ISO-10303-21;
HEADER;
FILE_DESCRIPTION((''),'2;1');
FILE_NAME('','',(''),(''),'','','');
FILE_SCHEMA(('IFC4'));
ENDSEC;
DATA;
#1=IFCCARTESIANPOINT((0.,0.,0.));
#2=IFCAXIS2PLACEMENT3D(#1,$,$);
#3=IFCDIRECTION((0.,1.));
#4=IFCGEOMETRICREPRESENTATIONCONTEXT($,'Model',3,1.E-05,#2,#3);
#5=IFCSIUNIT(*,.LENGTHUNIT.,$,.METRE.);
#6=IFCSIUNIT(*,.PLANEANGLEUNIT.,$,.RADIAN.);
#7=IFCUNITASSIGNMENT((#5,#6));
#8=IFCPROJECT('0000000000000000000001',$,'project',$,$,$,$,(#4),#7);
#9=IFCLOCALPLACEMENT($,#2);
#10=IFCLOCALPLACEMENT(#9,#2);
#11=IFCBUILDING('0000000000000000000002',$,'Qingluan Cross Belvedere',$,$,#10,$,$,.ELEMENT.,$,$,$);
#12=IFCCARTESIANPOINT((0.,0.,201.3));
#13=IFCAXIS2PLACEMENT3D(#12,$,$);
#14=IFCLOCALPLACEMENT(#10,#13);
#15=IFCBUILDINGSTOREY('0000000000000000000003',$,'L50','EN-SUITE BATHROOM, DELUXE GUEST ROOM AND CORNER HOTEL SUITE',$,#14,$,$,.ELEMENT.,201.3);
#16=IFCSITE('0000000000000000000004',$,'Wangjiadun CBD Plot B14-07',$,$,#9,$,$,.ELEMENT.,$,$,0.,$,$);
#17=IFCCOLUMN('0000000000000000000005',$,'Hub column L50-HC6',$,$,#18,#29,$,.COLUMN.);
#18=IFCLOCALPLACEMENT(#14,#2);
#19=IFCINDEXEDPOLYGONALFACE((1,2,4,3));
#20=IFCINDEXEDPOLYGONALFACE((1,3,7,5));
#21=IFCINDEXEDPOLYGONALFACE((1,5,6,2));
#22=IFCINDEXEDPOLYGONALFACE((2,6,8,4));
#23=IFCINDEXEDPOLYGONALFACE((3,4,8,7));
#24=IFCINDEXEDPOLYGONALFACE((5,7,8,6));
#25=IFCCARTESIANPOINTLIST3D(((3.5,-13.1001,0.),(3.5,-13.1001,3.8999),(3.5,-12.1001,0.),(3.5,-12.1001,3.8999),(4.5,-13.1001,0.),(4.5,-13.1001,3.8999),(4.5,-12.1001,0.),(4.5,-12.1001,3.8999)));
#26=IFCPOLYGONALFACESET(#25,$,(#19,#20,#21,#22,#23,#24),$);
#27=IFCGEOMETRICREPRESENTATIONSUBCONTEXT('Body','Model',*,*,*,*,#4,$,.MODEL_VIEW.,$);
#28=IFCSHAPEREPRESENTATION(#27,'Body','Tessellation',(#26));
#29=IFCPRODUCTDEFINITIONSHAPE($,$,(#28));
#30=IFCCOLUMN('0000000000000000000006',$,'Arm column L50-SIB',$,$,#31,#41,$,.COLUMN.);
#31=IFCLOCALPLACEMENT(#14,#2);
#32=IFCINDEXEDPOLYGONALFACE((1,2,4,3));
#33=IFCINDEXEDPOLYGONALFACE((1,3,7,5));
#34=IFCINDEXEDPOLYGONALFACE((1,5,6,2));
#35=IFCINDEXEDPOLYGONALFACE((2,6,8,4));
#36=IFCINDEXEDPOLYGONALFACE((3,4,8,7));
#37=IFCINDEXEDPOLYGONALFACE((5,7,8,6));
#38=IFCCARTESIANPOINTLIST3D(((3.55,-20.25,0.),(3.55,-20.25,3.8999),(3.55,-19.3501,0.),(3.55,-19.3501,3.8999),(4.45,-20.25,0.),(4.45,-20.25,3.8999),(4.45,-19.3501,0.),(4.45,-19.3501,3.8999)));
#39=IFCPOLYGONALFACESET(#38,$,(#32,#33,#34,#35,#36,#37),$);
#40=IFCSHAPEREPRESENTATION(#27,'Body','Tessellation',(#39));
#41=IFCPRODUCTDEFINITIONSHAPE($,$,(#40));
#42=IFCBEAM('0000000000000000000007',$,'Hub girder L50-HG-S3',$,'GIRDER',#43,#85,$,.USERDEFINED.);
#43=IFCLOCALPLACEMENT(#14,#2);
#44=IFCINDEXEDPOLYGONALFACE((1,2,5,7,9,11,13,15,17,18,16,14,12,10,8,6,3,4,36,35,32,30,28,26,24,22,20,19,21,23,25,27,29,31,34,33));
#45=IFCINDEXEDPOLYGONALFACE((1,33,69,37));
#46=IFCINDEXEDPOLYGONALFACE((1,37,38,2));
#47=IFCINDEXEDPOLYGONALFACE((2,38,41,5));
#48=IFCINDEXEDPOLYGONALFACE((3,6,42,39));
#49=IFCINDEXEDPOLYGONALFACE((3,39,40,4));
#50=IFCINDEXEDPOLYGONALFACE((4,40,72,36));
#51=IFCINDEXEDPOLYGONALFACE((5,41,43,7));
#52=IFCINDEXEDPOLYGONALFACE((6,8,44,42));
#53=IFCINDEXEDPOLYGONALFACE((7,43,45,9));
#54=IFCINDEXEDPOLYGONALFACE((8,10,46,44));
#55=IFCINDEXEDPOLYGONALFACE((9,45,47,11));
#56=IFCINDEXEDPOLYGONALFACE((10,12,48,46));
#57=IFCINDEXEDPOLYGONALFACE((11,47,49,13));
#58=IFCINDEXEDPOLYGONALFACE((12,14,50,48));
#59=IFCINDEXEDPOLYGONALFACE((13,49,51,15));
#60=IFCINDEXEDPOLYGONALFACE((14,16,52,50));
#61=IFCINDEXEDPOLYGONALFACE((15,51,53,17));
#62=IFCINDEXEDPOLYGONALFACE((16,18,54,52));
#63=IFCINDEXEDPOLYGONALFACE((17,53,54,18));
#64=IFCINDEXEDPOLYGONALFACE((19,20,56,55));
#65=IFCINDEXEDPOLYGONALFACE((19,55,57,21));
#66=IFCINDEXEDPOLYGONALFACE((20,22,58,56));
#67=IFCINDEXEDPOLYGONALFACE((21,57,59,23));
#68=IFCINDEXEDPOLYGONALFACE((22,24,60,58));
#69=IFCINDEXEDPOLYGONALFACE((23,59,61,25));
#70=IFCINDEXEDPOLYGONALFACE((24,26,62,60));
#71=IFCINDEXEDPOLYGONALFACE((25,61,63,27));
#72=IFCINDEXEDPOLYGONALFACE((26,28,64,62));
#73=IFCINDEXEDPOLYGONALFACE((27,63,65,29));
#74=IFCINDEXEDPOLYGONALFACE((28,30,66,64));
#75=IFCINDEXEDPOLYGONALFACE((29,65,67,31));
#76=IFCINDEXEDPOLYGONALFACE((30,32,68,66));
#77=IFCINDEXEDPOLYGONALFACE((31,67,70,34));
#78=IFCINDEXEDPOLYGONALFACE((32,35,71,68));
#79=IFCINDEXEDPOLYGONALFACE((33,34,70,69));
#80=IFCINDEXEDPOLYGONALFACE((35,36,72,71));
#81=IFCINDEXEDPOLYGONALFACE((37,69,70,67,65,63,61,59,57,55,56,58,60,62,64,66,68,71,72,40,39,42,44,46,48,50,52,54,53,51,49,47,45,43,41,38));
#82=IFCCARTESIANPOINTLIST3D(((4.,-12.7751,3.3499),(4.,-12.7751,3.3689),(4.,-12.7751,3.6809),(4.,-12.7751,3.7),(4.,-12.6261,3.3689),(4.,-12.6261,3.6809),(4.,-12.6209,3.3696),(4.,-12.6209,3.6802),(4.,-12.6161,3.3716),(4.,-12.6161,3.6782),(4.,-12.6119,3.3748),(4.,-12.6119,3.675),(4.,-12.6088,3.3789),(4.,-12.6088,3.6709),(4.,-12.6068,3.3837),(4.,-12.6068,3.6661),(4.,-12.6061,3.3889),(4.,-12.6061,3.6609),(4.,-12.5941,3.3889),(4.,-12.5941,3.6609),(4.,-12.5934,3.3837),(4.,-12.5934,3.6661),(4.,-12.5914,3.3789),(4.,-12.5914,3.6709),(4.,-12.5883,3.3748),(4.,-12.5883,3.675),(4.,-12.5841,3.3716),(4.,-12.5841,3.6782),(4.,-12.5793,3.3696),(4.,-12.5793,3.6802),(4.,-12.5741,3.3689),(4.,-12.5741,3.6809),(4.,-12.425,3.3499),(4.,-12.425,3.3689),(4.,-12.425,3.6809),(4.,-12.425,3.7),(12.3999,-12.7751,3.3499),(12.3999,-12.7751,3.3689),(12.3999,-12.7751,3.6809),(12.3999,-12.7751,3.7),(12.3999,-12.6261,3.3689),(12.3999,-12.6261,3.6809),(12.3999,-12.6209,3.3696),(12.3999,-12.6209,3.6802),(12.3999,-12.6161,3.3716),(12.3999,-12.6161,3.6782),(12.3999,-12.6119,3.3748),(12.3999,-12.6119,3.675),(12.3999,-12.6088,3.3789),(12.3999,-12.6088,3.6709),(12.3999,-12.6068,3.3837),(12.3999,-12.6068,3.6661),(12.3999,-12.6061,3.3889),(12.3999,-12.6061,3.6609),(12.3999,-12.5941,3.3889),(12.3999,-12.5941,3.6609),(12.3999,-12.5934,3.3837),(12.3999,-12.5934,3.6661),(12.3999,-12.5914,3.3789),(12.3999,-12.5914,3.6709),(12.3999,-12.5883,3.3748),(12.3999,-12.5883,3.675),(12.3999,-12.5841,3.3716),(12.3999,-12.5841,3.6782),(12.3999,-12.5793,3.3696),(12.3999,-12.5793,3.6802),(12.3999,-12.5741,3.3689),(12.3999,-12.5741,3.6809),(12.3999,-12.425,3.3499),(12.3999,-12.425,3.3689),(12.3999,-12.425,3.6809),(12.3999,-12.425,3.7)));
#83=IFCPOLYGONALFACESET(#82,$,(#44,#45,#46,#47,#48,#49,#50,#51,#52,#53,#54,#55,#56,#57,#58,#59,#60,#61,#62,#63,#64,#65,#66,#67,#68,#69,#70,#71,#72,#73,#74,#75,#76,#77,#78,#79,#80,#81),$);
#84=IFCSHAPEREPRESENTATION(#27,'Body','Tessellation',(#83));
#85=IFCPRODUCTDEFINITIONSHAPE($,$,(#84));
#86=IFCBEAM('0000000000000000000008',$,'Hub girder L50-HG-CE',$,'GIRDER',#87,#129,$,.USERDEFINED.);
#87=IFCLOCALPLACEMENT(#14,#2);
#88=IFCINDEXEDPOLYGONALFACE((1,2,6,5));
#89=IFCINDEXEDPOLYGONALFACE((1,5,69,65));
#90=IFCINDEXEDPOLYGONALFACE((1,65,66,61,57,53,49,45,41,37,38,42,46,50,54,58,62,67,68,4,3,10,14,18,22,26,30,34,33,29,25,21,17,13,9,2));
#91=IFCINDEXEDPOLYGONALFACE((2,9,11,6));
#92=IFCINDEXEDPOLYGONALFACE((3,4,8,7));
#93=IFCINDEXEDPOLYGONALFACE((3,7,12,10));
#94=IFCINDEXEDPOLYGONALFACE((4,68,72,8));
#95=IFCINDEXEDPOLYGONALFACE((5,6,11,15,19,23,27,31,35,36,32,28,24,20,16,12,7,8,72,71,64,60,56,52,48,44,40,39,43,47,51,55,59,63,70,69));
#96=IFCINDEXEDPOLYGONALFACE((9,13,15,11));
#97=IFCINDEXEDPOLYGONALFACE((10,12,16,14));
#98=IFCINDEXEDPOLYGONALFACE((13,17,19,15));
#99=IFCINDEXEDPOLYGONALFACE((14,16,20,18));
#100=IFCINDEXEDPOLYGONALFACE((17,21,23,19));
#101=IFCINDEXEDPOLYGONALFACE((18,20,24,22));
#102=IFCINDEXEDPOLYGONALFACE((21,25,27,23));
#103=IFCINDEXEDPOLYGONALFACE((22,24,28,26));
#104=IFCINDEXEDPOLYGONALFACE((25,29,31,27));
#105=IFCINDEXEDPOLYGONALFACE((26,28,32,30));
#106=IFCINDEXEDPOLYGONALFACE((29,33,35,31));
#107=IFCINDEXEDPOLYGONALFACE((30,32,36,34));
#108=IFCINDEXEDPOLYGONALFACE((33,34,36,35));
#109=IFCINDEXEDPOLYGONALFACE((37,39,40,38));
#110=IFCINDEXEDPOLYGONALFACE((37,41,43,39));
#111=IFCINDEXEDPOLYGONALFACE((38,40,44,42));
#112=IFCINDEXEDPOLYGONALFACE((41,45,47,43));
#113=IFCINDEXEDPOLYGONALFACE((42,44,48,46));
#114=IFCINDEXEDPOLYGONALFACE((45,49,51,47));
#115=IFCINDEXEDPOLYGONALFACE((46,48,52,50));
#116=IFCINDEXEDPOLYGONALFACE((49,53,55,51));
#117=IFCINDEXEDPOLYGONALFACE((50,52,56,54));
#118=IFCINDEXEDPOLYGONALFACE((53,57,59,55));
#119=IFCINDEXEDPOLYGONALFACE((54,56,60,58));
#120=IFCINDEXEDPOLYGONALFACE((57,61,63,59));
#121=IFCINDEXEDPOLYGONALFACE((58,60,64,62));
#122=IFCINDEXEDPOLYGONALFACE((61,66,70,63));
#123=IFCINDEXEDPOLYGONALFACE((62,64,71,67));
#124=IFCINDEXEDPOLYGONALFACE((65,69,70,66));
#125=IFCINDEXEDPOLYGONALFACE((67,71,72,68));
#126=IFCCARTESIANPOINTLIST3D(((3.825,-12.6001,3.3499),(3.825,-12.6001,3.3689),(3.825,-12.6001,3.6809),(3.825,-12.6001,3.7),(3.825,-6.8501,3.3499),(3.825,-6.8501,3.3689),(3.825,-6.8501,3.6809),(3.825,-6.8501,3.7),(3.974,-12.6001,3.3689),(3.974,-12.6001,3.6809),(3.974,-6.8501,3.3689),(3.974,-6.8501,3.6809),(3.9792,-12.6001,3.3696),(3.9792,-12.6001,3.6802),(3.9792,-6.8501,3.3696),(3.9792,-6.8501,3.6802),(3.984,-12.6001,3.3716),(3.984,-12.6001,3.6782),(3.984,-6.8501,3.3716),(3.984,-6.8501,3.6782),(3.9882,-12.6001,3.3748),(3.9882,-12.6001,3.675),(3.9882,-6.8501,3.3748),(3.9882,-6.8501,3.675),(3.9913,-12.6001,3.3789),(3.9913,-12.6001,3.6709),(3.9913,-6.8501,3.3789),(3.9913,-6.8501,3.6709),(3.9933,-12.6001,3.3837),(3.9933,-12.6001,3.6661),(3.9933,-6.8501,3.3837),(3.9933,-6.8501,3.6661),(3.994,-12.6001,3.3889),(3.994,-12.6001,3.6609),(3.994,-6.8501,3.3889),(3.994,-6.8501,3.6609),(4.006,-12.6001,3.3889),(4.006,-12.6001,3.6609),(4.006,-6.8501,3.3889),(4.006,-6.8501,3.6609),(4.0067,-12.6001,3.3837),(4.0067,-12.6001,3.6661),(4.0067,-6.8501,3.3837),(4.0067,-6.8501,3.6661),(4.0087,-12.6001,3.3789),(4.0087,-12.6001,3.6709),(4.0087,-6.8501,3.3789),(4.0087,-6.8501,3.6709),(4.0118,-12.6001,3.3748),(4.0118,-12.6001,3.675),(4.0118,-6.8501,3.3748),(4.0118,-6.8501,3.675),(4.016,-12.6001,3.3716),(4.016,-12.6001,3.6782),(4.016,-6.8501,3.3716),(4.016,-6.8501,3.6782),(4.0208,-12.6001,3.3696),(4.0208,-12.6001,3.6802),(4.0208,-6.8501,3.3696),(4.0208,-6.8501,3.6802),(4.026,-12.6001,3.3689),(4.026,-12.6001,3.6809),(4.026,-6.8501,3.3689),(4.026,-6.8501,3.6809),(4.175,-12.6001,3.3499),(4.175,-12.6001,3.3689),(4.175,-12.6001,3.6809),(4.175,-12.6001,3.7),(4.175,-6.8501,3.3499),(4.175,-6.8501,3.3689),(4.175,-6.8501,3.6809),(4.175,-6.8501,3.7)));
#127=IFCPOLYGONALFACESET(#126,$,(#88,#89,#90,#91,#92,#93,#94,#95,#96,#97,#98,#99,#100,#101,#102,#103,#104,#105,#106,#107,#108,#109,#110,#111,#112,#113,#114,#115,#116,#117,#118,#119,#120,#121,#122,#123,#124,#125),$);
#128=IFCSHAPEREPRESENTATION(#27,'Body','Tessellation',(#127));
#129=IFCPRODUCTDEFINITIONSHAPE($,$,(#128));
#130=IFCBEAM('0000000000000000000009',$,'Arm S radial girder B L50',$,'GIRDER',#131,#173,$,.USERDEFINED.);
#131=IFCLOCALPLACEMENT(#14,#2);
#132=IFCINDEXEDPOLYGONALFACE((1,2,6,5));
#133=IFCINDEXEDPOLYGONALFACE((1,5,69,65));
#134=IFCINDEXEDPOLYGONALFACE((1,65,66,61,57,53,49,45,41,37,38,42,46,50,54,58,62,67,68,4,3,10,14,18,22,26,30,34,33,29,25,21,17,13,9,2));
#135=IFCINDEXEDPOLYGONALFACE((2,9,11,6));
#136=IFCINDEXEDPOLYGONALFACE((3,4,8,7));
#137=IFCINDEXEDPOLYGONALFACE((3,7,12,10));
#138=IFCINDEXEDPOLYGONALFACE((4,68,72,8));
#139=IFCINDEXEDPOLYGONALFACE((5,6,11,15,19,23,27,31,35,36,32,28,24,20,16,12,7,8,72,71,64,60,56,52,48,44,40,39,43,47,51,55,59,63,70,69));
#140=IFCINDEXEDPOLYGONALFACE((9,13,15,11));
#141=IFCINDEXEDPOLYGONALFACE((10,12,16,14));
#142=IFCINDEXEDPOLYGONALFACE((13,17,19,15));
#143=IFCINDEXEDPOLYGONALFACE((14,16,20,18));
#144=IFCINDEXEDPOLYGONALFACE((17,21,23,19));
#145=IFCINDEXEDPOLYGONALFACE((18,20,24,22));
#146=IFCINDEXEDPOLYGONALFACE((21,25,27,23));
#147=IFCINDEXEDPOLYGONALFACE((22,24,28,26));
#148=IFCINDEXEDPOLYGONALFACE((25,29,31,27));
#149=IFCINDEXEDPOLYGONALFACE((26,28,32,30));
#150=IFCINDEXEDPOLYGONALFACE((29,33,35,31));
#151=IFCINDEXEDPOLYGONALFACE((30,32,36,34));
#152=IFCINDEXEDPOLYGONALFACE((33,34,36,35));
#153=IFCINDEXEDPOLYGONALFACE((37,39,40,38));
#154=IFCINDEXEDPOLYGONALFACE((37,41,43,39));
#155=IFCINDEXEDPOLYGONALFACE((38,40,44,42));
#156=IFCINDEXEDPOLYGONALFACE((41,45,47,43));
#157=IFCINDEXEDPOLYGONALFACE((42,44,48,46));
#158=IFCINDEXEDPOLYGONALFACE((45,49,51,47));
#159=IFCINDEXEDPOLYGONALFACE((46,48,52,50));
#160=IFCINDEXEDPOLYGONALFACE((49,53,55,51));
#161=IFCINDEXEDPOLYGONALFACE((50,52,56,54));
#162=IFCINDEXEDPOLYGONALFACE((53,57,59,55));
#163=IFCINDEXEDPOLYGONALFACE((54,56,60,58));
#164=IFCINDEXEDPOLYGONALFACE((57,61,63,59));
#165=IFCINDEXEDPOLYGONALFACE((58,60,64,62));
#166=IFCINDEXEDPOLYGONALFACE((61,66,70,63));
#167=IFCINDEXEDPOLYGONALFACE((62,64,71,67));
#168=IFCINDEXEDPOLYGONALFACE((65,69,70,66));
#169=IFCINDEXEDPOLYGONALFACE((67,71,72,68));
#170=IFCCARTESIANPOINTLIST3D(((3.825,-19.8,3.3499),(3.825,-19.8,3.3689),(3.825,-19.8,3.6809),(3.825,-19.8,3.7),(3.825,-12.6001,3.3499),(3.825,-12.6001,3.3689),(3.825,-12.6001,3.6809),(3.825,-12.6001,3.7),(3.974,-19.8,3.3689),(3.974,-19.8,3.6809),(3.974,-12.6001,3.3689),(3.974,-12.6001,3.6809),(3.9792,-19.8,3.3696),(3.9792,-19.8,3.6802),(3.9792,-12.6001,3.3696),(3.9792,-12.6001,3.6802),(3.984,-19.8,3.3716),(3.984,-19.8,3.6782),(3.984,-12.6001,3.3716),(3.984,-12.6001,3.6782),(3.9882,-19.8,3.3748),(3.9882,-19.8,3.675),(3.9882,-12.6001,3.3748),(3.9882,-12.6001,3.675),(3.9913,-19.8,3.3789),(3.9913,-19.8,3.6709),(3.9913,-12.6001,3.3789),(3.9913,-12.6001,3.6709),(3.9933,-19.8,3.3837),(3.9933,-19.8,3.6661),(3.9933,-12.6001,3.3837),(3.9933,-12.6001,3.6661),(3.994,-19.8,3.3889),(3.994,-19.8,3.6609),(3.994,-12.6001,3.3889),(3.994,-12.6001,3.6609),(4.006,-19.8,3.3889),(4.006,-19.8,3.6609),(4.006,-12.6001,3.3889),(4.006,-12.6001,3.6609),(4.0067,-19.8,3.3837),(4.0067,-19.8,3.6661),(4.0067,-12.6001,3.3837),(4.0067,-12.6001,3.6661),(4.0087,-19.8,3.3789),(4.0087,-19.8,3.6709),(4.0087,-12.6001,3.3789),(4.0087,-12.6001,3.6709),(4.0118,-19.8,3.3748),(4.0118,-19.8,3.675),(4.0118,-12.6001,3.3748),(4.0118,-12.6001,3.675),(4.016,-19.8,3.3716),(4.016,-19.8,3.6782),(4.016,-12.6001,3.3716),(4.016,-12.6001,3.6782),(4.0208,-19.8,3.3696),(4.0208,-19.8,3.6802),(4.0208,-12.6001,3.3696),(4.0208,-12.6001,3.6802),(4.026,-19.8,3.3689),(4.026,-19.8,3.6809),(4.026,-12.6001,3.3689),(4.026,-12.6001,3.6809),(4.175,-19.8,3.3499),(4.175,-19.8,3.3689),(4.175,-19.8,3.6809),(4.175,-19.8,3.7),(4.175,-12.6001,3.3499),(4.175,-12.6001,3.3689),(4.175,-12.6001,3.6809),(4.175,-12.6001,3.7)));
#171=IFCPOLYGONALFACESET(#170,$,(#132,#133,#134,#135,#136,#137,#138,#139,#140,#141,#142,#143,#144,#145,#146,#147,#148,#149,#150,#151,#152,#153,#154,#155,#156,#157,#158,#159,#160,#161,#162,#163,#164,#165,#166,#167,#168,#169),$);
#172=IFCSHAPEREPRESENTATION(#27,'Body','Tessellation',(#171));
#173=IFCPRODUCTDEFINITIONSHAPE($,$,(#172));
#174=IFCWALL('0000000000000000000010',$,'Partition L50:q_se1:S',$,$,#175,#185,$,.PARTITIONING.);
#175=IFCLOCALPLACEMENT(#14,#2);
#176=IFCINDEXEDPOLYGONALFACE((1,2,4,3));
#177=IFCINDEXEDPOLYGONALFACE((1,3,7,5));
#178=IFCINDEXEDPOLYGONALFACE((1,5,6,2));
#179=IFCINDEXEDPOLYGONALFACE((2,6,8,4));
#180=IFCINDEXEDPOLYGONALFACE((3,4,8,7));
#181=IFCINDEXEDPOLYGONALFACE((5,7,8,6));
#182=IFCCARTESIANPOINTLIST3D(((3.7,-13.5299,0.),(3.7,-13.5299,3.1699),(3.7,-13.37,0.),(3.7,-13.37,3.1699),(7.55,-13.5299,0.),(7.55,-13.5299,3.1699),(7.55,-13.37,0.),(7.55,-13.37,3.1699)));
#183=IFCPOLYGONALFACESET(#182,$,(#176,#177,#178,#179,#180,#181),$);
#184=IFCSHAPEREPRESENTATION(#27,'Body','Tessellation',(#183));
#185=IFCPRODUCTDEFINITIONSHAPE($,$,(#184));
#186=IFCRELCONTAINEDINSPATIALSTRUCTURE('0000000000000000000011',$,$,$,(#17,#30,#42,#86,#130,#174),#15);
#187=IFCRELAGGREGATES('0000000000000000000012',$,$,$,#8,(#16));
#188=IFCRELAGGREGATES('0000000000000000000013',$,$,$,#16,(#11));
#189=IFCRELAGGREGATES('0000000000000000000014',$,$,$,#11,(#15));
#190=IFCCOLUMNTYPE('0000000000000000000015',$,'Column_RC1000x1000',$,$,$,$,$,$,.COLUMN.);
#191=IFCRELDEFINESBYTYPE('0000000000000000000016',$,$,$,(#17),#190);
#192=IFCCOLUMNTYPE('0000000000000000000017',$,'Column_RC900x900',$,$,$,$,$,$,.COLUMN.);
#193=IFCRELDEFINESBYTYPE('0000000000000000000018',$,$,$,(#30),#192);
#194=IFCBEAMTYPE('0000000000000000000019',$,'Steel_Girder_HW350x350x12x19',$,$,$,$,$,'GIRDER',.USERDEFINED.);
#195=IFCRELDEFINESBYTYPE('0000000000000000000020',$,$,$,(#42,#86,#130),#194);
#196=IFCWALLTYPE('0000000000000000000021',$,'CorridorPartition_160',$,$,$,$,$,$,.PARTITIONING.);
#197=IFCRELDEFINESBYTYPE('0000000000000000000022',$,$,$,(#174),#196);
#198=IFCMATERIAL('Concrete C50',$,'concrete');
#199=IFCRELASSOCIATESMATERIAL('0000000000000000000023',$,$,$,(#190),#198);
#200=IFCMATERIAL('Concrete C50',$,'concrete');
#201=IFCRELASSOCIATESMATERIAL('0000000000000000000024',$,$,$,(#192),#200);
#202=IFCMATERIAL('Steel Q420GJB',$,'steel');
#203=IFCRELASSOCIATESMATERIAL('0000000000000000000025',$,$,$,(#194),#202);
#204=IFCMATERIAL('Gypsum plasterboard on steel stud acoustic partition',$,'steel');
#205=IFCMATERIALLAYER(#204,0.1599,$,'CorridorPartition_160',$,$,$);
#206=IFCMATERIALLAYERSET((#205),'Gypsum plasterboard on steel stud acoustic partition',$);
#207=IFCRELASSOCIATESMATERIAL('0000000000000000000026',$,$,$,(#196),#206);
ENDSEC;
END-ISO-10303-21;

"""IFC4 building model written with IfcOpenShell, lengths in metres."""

from ifc_helpers import new_model, si_unit, direction, frame, frame_2d, origin, origin_2d, place, context, subcontext, project, spatial, rectangle, i_section, extrude, material, layer, layer_set, material_profile, profile_set, type_object, element, save


model = new_model("IFC4")

# Units and contexts
model_context = context("Model", 3, precision=1e-05, world=origin(), true_north=direction((0.0, 1.0)))
body_context = subcontext(model_context, "Body", "Model", "MODEL_VIEW")
ifc_project = project(units=[si_unit("LENGTHUNIT", "METRE"), si_unit("PLANEANGLEUNIT", "RADIAN")], contexts=[model_context])

# Site, building, storey
site_placement = place(None, origin())
site = spatial("IfcSite", under=ifc_project, at=site_placement, Name="Wangjiadun CBD Plot B14-07", CompositionType="ELEMENT", RefElevation=0.0)
building_placement = place(site_placement, origin())
building = spatial("IfcBuilding", under=site, at=building_placement, Name="Qingluan Cross Belvedere", CompositionType="ELEMENT")
storey_placement = place(building_placement, frame((0.0, 0.0, 201.3)))
storey = spatial("IfcBuildingStorey", under=building, at=storey_placement, Name="L50", Description="EN-SUITE BATHROOM, DELUXE GUEST ROOM AND CORNER HOTEL SUITE", CompositionType="ELEMENT", Elevation=201.3)

# Columns
ifc_material_1 = material(Name="Concrete C50", Category="concrete")
ifc_material_profile_1 = material_profile(ifc_material_1, rectangle(XDim=1.0, YDim=1.0, at=origin_2d()), Name="RC1000x1000")
ifc_profile_set_1 = profile_set([ifc_material_profile_1], Name="Concrete C50")
column_type_1 = type_object("IfcColumnType", Name="Column_RC1000x1000", PredefinedType="COLUMN", material=ifc_profile_set_1)
column_1_placement = place(storey_placement, frame((4.0, -12.6001, 0.0), z_axis=(0.0, 0.0, 1.0), x_axis=(1.0, 0.0, 0.0)))
element("IfcColumn", 1, at=column_1_placement, inside=storey, type_object=column_type_1, Name="Hub column L50-HC6", PredefinedType="COLUMN", context=body_context, shape_type="SweptSolid", body=[
    extrude(rectangle(XDim=1.0, YDim=1.0, at=origin_2d()), origin(), (0.0, 0.0, 1.0), 3.8999),
])
ifc_material_2 = material(Name="Concrete C50", Category="concrete")
ifc_material_profile_2 = material_profile(ifc_material_2, rectangle(XDim=0.8999, YDim=0.8999, at=origin_2d()), Name="RC900x900")
ifc_profile_set_2 = profile_set([ifc_material_profile_2], Name="Concrete C50")
column_type_2 = type_object("IfcColumnType", Name="Column_RC900x900", PredefinedType="COLUMN", material=ifc_profile_set_2)
column_2_placement = place(storey_placement, frame((4.0, -19.8, 0.0), z_axis=(0.0, 0.0, 1.0), x_axis=(1.0, 0.0, 0.0)))
element("IfcColumn", 2, at=column_2_placement, inside=storey, type_object=column_type_2, Name="Arm column L50-SIB", PredefinedType="COLUMN", context=body_context, shape_type="SweptSolid", body=[
    extrude(rectangle(XDim=0.8999, YDim=0.8999, at=origin_2d()), origin(), (0.0, 0.0, 1.0), 3.8999),
])

# Beams
ifc_material_3 = material(Name="Steel Q420GJB", Category="steel")
ifc_material_profile_3 = material_profile(ifc_material_3, i_section(OverallWidth=0.3501, OverallDepth=0.3501, WebThickness=0.012, FlangeThickness=0.019, FilletRadius=0.02, at=origin_2d()), Name="HW350x350x12x19")
ifc_profile_set_3 = profile_set([ifc_material_profile_3], Name="Steel Q420GJB")
beam_type = type_object("IfcBeamType", Name="Steel_Girder_HW350x350x12x19", ElementType="GIRDER", PredefinedType="USERDEFINED", material=ifc_profile_set_3)
beam_1_placement = place(storey_placement, frame((4.0, -12.6001, 3.5249), z_axis=(1.0, 0.0, 0.0), x_axis=(0.0, 1.0, 0.0)))
element("IfcBeam", 3, at=beam_1_placement, inside=storey, type_object=beam_type, Name="Hub girder L50-HG-S3", ObjectType="GIRDER", PredefinedType="USERDEFINED", context=body_context, shape_type="SweptSolid", body=[
    extrude(i_section(OverallWidth=0.3501, OverallDepth=0.3501, WebThickness=0.012, FlangeThickness=0.019, FilletRadius=0.02, at=origin_2d()), origin(), (0.0, 0.0, 1.0), 8.3999),
])
beam_2_placement = place(storey_placement, frame((4.0, -12.6001, 3.5249), z_axis=(0.0, 1.0, 0.0), x_axis=(-1.0, 0.0, 0.0)))
element("IfcBeam", 4, at=beam_2_placement, inside=storey, type_object=beam_type, Name="Hub girder L50-HG-CE", ObjectType="GIRDER", PredefinedType="USERDEFINED", context=body_context, shape_type="SweptSolid", body=[
    extrude(i_section(OverallWidth=0.3501, OverallDepth=0.3501, WebThickness=0.012, FlangeThickness=0.019, FilletRadius=0.02, at=origin_2d()), origin(), (0.0, 0.0, 1.0), 5.75),
])
beam_3_placement = place(storey_placement, frame((4.0, -12.6001, 3.5249), z_axis=(0.0, -1.0, 0.0), x_axis=(1.0, 0.0, 0.0)))
element("IfcBeam", 5, at=beam_3_placement, inside=storey, type_object=beam_type, Name="Arm S radial girder B L50", ObjectType="GIRDER", PredefinedType="USERDEFINED", context=body_context, shape_type="SweptSolid", body=[
    extrude(i_section(OverallWidth=0.3501, OverallDepth=0.3501, WebThickness=0.012, FlangeThickness=0.019, FilletRadius=0.02, at=origin_2d()), origin(), (0.0, 0.0, 1.0), 7.2),
])

# Wall
ifc_material_4 = material(Name="Gypsum plasterboard on steel stud acoustic partition", Category="steel")
ifc_layer_1 = layer(ifc_material_4, 0.1599, Name="CorridorPartition_160")
ifc_layer_set_1 = layer_set([ifc_layer_1], Name="Gypsum plasterboard on steel stud acoustic partition")
wall_type_1 = type_object("IfcWallType", Name="CorridorPartition_160", PredefinedType="PARTITIONING", material=ifc_layer_set_1)
wall_1_placement = place(storey_placement, frame((3.7, -13.45, 0.0), z_axis=(0.0, 0.0, 1.0), x_axis=(1.0, 0.0, 0.0)))
element("IfcWall", 6, at=wall_1_placement, inside=storey, type_object=wall_type_1, Name="Partition L50:q_se1:S", PredefinedType="PARTITIONING", context=body_context, shape_type="SweptSolid", body=[
    extrude(rectangle(XDim=3.8501, YDim=0.1599, at=frame_2d((1.925, 0.0))), origin(), (0.0, 0.0, 1.0), 3.1699),
])

save(model, "model.ifc")
